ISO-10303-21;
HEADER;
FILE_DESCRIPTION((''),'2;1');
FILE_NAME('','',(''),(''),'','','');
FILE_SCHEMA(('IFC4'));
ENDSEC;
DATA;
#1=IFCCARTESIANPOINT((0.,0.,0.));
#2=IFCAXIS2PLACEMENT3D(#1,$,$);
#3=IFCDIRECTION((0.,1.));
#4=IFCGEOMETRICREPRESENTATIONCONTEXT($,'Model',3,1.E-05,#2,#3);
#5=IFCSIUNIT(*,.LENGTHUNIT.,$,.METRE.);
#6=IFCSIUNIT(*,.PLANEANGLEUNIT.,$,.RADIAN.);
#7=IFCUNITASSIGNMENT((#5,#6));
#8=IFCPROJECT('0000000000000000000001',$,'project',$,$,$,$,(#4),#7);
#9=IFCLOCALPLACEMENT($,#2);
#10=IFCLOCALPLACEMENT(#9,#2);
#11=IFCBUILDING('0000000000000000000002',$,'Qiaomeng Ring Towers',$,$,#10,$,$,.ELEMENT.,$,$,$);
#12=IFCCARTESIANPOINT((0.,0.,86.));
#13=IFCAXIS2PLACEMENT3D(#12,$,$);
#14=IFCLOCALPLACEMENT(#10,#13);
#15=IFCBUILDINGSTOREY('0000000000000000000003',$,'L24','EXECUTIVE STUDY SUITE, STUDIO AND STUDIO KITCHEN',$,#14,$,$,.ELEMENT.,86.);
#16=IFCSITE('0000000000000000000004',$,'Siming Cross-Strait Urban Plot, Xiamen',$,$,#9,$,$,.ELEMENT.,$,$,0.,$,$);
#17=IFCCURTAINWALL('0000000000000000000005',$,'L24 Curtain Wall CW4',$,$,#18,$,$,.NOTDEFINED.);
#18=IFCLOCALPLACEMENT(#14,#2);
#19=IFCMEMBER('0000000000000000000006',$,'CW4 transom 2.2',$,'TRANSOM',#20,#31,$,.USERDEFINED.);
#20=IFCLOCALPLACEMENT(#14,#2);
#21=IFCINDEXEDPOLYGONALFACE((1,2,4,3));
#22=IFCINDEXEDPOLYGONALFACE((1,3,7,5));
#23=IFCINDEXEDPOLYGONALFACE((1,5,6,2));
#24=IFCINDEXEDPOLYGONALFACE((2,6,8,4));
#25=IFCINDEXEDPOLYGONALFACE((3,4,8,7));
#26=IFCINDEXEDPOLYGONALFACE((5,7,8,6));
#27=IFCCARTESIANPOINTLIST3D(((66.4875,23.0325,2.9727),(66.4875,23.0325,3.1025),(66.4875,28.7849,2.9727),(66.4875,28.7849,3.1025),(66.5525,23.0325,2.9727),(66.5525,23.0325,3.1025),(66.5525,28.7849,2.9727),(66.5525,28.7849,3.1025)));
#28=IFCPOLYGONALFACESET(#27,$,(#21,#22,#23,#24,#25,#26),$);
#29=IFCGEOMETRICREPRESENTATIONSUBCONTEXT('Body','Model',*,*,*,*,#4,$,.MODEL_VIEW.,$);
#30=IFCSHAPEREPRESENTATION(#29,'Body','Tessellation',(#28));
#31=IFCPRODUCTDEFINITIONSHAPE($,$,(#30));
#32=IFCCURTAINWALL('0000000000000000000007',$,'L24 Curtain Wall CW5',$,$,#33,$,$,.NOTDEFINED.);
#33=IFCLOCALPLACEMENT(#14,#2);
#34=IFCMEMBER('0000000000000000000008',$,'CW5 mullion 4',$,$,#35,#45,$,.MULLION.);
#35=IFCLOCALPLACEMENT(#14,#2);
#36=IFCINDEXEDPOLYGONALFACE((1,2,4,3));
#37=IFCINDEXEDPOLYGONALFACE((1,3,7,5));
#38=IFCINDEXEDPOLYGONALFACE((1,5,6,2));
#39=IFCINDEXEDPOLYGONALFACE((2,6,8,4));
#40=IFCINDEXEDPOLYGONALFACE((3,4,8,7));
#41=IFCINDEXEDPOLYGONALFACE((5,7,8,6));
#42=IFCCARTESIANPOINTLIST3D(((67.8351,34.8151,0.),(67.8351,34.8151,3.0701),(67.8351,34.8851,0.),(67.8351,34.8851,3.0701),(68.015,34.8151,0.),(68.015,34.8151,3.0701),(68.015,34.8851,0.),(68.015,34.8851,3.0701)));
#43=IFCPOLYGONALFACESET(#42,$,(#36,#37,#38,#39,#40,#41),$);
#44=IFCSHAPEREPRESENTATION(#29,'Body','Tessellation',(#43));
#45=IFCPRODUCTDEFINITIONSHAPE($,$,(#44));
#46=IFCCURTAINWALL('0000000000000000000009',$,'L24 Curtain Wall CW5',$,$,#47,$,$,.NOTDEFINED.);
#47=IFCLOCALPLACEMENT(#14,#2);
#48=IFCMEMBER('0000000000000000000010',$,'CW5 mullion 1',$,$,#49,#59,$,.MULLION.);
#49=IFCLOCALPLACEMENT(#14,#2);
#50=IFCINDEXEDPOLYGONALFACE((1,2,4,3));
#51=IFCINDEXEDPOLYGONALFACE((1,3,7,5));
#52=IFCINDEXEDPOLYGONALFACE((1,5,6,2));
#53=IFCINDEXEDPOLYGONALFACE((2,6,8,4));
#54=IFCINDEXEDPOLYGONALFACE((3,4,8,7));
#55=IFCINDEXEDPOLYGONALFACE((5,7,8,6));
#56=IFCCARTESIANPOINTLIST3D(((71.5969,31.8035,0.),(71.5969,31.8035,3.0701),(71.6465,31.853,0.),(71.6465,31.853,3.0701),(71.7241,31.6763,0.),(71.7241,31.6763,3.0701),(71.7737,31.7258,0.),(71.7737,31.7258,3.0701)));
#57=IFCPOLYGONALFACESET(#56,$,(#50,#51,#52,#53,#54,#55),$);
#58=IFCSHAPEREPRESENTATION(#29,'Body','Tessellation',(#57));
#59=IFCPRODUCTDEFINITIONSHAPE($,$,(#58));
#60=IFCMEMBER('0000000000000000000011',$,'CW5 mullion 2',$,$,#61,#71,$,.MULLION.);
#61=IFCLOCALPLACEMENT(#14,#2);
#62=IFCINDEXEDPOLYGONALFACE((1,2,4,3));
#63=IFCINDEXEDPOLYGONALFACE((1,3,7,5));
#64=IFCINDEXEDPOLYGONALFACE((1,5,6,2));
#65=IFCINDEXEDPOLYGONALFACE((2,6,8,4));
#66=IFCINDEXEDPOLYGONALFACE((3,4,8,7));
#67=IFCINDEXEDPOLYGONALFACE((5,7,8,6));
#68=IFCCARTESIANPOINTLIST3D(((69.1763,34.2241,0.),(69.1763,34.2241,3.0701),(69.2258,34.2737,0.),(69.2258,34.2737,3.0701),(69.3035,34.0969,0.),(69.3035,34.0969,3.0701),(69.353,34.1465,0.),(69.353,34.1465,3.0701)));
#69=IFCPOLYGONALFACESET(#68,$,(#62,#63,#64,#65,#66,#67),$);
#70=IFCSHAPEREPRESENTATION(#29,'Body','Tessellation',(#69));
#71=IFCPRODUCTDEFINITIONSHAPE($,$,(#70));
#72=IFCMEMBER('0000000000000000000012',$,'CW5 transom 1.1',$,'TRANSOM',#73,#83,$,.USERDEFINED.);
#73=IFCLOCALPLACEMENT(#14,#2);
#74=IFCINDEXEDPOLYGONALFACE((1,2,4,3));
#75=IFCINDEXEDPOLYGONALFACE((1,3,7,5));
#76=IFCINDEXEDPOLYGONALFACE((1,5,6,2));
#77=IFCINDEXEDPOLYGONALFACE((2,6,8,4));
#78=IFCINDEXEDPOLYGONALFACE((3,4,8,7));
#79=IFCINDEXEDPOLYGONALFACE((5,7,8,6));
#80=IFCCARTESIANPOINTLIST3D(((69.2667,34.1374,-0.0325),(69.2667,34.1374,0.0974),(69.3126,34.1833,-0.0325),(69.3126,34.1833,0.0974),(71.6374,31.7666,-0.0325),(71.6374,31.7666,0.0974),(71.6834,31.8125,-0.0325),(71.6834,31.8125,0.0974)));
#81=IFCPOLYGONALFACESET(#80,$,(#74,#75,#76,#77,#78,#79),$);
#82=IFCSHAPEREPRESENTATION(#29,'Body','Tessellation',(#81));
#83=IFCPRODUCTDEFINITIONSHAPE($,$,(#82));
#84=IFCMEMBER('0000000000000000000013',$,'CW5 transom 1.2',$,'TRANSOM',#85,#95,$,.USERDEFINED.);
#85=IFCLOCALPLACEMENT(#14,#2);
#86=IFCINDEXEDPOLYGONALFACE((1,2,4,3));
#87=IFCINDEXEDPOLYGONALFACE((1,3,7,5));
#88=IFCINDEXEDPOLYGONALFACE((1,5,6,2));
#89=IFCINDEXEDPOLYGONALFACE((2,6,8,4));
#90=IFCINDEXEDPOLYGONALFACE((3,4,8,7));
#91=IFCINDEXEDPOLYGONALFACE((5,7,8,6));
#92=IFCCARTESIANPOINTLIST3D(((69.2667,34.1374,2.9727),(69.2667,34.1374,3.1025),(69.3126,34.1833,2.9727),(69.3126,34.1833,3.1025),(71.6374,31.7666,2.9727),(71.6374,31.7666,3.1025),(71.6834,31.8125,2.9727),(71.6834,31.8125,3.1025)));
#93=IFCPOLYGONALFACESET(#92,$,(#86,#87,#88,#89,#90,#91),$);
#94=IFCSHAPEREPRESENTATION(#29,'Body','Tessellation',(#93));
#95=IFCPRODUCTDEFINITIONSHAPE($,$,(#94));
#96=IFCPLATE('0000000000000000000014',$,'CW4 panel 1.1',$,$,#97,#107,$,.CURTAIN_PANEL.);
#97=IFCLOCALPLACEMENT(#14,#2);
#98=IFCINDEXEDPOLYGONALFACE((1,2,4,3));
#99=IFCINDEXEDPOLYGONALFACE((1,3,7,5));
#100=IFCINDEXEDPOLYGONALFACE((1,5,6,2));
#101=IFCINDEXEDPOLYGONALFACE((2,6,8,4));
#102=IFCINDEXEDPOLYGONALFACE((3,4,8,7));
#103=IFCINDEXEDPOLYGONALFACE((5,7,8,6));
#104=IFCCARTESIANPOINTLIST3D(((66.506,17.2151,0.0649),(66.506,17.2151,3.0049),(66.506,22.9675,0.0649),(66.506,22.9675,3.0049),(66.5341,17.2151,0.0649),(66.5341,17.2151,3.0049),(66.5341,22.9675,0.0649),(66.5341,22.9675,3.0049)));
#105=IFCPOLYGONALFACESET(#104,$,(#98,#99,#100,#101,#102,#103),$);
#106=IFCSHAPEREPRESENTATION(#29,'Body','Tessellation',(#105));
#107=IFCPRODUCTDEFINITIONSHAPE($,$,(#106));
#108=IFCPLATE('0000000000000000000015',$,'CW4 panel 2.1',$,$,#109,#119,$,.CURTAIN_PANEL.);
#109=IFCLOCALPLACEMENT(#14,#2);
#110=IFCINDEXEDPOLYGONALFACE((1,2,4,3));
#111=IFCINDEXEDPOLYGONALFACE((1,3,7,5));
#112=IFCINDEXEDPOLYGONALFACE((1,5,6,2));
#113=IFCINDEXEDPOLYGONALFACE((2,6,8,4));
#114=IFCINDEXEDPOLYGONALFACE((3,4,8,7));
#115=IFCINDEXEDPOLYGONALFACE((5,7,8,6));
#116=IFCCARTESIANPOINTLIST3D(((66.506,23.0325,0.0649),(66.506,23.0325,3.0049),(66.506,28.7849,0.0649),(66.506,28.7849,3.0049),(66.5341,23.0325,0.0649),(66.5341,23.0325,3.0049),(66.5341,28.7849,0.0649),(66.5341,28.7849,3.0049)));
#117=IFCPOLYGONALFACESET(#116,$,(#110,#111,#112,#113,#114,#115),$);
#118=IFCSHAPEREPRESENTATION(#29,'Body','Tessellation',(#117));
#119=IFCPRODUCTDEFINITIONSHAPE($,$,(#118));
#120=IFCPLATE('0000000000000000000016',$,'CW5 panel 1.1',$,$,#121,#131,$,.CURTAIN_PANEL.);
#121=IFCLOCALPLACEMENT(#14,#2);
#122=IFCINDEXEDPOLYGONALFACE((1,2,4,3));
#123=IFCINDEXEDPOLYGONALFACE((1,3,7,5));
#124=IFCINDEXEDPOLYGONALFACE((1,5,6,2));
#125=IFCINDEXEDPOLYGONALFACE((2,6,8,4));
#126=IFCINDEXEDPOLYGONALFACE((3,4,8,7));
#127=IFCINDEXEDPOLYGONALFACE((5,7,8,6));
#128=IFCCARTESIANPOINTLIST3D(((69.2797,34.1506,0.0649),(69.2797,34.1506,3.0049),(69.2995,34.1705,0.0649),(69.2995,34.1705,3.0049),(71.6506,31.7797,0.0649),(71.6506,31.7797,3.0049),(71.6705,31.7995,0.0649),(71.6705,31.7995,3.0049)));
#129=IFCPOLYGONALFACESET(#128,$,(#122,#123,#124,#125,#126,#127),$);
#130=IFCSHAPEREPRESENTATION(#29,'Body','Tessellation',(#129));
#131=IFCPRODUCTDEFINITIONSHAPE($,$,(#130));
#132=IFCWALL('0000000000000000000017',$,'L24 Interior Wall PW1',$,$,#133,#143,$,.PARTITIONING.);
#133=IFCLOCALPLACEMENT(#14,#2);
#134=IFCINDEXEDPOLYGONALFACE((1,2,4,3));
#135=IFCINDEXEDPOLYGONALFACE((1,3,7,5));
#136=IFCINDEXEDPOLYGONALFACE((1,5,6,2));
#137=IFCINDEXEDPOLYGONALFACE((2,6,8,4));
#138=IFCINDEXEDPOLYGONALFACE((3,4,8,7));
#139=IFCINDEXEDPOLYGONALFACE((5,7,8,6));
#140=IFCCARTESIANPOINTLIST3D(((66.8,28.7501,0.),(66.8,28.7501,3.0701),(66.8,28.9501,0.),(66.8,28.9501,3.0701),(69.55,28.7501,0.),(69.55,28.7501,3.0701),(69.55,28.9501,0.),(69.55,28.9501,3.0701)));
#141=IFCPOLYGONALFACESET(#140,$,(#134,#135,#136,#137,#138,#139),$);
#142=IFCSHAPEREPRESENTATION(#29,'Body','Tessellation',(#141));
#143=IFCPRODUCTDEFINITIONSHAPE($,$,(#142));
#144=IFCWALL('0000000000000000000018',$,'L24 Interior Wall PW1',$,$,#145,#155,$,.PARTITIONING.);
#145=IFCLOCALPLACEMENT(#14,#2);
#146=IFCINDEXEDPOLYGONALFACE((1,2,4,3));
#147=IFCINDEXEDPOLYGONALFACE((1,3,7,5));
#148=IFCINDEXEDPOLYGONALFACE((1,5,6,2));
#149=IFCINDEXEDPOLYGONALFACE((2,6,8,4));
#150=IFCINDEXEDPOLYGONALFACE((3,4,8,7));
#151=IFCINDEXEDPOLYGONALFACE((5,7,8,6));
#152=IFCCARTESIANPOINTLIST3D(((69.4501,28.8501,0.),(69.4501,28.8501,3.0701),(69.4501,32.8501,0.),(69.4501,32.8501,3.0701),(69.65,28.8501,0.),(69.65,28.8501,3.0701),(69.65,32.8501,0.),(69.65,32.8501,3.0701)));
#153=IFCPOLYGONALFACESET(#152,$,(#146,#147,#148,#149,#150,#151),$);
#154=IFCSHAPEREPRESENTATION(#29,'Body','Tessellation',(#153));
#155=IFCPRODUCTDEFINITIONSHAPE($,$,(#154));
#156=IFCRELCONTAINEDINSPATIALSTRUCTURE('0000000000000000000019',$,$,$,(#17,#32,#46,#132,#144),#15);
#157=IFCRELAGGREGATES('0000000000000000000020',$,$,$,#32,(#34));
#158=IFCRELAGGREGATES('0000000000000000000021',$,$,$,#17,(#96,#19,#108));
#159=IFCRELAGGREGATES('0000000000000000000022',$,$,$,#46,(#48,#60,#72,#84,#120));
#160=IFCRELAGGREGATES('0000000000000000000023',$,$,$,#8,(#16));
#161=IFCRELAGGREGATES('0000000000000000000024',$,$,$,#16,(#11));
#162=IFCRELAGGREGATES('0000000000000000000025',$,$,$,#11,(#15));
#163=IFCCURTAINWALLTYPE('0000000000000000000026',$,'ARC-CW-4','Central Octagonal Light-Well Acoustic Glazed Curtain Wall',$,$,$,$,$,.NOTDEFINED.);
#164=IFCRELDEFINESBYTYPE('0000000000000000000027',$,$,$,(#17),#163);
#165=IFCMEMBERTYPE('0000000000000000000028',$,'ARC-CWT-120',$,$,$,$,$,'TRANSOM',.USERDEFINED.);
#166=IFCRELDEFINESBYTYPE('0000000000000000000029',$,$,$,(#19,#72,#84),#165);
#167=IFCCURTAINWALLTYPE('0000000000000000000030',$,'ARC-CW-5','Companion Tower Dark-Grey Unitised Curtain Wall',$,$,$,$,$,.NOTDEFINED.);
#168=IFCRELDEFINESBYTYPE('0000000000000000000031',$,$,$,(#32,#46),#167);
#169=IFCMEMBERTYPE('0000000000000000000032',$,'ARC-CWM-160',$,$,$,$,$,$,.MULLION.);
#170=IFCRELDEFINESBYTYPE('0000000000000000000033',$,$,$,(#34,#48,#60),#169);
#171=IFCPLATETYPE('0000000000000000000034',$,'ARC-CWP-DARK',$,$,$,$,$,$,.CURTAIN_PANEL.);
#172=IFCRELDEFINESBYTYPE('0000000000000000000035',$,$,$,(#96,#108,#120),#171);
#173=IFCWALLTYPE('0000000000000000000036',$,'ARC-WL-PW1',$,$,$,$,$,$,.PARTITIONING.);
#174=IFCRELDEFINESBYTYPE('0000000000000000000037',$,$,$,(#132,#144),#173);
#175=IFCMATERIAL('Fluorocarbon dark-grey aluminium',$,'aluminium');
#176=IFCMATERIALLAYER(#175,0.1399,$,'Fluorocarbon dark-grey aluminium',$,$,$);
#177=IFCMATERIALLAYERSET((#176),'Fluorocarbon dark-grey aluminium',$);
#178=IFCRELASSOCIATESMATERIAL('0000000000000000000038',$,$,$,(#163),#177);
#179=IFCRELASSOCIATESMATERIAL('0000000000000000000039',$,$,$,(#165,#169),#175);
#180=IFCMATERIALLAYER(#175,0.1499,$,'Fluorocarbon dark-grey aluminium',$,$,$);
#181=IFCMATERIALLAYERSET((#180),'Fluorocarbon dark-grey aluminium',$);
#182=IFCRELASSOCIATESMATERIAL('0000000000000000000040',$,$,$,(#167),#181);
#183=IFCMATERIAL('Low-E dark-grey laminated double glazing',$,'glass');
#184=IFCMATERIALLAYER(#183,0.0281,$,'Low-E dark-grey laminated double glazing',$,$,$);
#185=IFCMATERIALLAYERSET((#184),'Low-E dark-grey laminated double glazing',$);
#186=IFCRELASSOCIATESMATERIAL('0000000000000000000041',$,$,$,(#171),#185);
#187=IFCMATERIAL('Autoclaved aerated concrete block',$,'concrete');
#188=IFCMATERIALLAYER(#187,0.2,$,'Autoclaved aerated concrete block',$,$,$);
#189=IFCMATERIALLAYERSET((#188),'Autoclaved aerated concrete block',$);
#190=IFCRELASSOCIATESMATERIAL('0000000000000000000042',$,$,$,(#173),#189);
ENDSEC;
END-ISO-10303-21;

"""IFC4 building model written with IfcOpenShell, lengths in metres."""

from ifc_helpers import new_model, si_unit, direction, frame, frame_2d, origin, origin_2d, place, context, subcontext, project, spatial, rectangle, extrude, source, transform, mapped, material, layer, layer_set, material_profile, profile_set, type_object, element, aggregate, save


model = new_model("IFC4")

# Units and contexts
model_context = context("Model", 3, precision=1e-05, world=origin(), true_north=direction((0.0, 1.0)))
body_context = subcontext(model_context, "Body", "Model", "MODEL_VIEW")
ifc_project = project(units=[si_unit("LENGTHUNIT", "METRE"), si_unit("PLANEANGLEUNIT", "RADIAN")], contexts=[model_context])

# Site, building, storey
site_placement = place(None, origin())
site = spatial("IfcSite", under=ifc_project, at=site_placement, Name="Siming Cross-Strait Urban Plot, Xiamen", CompositionType="ELEMENT", RefElevation=0.0)
building_placement = place(site_placement, origin())
building = spatial("IfcBuilding", under=site, at=building_placement, Name="Qiaomeng Ring Towers", CompositionType="ELEMENT")
storey_placement = place(building_placement, frame((0.0, 0.0, 86.0)))
storey = spatial("IfcBuildingStorey", under=building, at=storey_placement, Name="L24", Description="EXECUTIVE STUDY SUITE, STUDIO AND STUDIO KITCHEN", CompositionType="ELEMENT", Elevation=86.0)

# Curtain wall, member
ifc_material_1 = material(Name="Fluorocarbon dark-grey aluminium", Category="aluminium")
ifc_layer_1 = layer(ifc_material_1, 0.1399, Name="Fluorocarbon dark-grey aluminium")
ifc_layer_set_1 = layer_set([ifc_layer_1], Name="Fluorocarbon dark-grey aluminium")
curtain_wall_type_1 = type_object("IfcCurtainWallType", Name="ARC-CW-4", Description="Central Octagonal Light-Well Acoustic Glazed Curtain Wall", PredefinedType="NOTDEFINED", material=ifc_layer_set_1)
curtain_wall_1_placement = place(storey_placement, origin())
curtain_wall_1 = element("IfcCurtainWall", 1, at=curtain_wall_1_placement, inside=storey, type_object=curtain_wall_type_1, Name="L24 Curtain Wall CW4", PredefinedType="NOTDEFINED")
ifc_material_profile_1 = material_profile(ifc_material_1, rectangle(XDim=0.0649, YDim=0.1299, at=origin_2d()), Name="ALU TRAN 65x130")
ifc_profile_set_1 = profile_set([ifc_material_profile_1], Name="Fluorocarbon dark-grey aluminium")
member_type_1 = type_object("IfcMemberType", Name="ARC-CWT-120", ElementType="TRANSOM", PredefinedType="USERDEFINED", material=ifc_profile_set_1)
shared_shape_1 = source(origin(), body_context, "Body", "SweptSolid", [
    extrude(rectangle(XDim=0.0649, YDim=0.1299, at=origin_2d()), origin(), (0.0, 0.0, 1.0), 5.7524),
])
member_1_placement = place(storey_placement, frame((66.52, 23.0325, 3.0376), z_axis=(0.0, 1.0, 0.0), x_axis=(-1.0, 0.0, 0.0)))
member_1 = element("IfcMember", 2, at=member_1_placement, type_object=member_type_1, Name="CW4 transom 2.2", ObjectType="TRANSOM", PredefinedType="USERDEFINED", context=body_context, shape_type="MappedRepresentation", body=[
    mapped(shared_shape_1, transform((0.0, 0.0, 0.0), x_axis=(1.0, 0.0, 0.0), y_axis=(0.0, 1.0, 0.0), z_axis=(0.0, 0.0, 1.0), scale=1.0)),
])

# Curtain wall, member
ifc_layer_2 = layer(ifc_material_1, 0.1499, Name="Fluorocarbon dark-grey aluminium")
ifc_layer_set_2 = layer_set([ifc_layer_2], Name="Fluorocarbon dark-grey aluminium")
curtain_wall_type_2 = type_object("IfcCurtainWallType", Name="ARC-CW-5", Description="Companion Tower Dark-Grey Unitised Curtain Wall", PredefinedType="NOTDEFINED", material=ifc_layer_set_2)
curtain_wall_2_placement = place(storey_placement, origin())
curtain_wall_2 = element("IfcCurtainWall", 3, at=curtain_wall_2_placement, inside=storey, type_object=curtain_wall_type_2, Name="L24 Curtain Wall CW5", PredefinedType="NOTDEFINED")
ifc_material_profile_2 = material_profile(ifc_material_1, rectangle(XDim=0.0701, YDim=0.1799, at=origin_2d()), Name="ALU MULL 70x180")
ifc_profile_set_2 = profile_set([ifc_material_profile_2], Name="Fluorocarbon dark-grey aluminium")
member_type_2 = type_object("IfcMemberType", Name="ARC-CWM-160", PredefinedType="MULLION", material=ifc_profile_set_2)
shared_shape_2 = source(origin(), body_context, "Body", "SweptSolid", [
    extrude(rectangle(XDim=0.0701, YDim=0.1799, at=origin_2d()), origin(), (0.0, 0.0, 1.0), 3.0701),
])
member_2_placement = place(storey_placement, frame((67.925, 34.8501, 0.0), z_axis=(0.0, 0.0, 1.0), x_axis=(0.0, 1.0, 0.0)))
member_2 = element("IfcMember", 4, at=member_2_placement, type_object=member_type_2, Name="CW5 mullion 4", PredefinedType="MULLION", context=body_context, shape_type="MappedRepresentation", body=[
    mapped(shared_shape_2, transform((0.0, 0.0, 0.0), x_axis=(1.0, 0.0, 0.0), y_axis=(0.0, 1.0, 0.0), z_axis=(0.0, 0.0, 1.0), scale=1.0)),
])
aggregate(curtain_wall_2, [member_2])

# Curtain wall, members
curtain_wall_3_placement = place(storey_placement, origin())
curtain_wall_3 = element("IfcCurtainWall", 5, at=curtain_wall_3_placement, inside=storey, type_object=curtain_wall_type_2, Name="L24 Curtain Wall CW5", PredefinedType="NOTDEFINED")
member_3_placement = place(storey_placement, frame((71.6853, 31.7646, 0.0), z_axis=(0.0, 0.0, 1.0), x_axis=(-0.707107, -0.707107, 0.0)))
member_3 = element("IfcMember", 6, at=member_3_placement, type_object=member_type_2, Name="CW5 mullion 1", PredefinedType="MULLION", context=body_context, shape_type="MappedRepresentation", body=[
    mapped(shared_shape_2, transform((0.0, 0.0, 0.0), x_axis=(1.0, 0.0, 0.0), y_axis=(0.0, 1.0, 0.0), z_axis=(0.0, 0.0, 1.0), scale=1.0)),
])
member_4_placement = place(storey_placement, frame((69.2646, 34.1853, 0.0), z_axis=(0.0, 0.0, 1.0), x_axis=(-0.707107, -0.707107, 0.0)))
member_4 = element("IfcMember", 7, at=member_4_placement, type_object=member_type_2, Name="CW5 mullion 2", PredefinedType="MULLION", context=body_context, shape_type="MappedRepresentation", body=[
    mapped(shared_shape_2, transform((0.0, 0.0, 0.0), x_axis=(1.0, 0.0, 0.0), y_axis=(0.0, 1.0, 0.0), z_axis=(0.0, 0.0, 1.0), scale=1.0)),
])
shared_shape_3 = source(origin(), body_context, "Body", "SweptSolid", [
    extrude(rectangle(XDim=0.0649, YDim=0.1299, at=origin_2d()), origin(), (0.0, 0.0, 1.0), 3.3528),
])
member_5_placement = place(storey_placement, frame((71.6604, 31.7896, 0.0325), z_axis=(-0.707107, 0.707107, 0.0), x_axis=(-0.707107, -0.707107, 0.0)))
member_5 = element("IfcMember", 8, at=member_5_placement, type_object=member_type_1, Name="CW5 transom 1.1", ObjectType="TRANSOM", PredefinedType="USERDEFINED", context=body_context, shape_type="MappedRepresentation", body=[
    mapped(shared_shape_3, transform((0.0, 0.0, 0.0), x_axis=(1.0, 0.0, 0.0), y_axis=(0.0, 1.0, 0.0), z_axis=(0.0, 0.0, 1.0), scale=1.0)),
])
member_6_placement = place(storey_placement, frame((71.6604, 31.7896, 3.0376), z_axis=(-0.707107, 0.707107, 0.0), x_axis=(-0.707107, -0.707107, 0.0)))
member_6 = element("IfcMember", 9, at=member_6_placement, type_object=member_type_1, Name="CW5 transom 1.2", ObjectType="TRANSOM", PredefinedType="USERDEFINED", context=body_context, shape_type="MappedRepresentation", body=[
    mapped(shared_shape_3, transform((0.0, 0.0, 0.0), x_axis=(1.0, 0.0, 0.0), y_axis=(0.0, 1.0, 0.0), z_axis=(0.0, 0.0, 1.0), scale=1.0)),
])

# Plates
ifc_material_2 = material(Name="Low-E dark-grey laminated double glazing", Category="glass")
ifc_layer_3 = layer(ifc_material_2, 0.0281, Name="Low-E dark-grey laminated double glazing")
ifc_layer_set_3 = layer_set([ifc_layer_3], Name="Low-E dark-grey laminated double glazing")
plate_type = type_object("IfcPlateType", Name="ARC-CWP-DARK", PredefinedType="CURTAIN_PANEL", material=ifc_layer_set_3)
shared_shape_4 = source(origin(), body_context, "Body", "SweptSolid", [
    extrude(rectangle(XDim=5.7524, YDim=0.0281, at=origin_2d()), origin(), (0.0, 0.0, 1.0), 2.9399),
])
plate_1_placement = place(storey_placement, frame((66.52, 20.0913, 0.0649), z_axis=(0.0, 0.0, 1.0), x_axis=(0.0, 1.0, 0.0)))
plate_1 = element("IfcPlate", 10, at=plate_1_placement, type_object=plate_type, Name="CW4 panel 1.1", PredefinedType="CURTAIN_PANEL", context=body_context, shape_type="MappedRepresentation", body=[
    mapped(shared_shape_4, transform((0.0, 0.0, 0.0), x_axis=(1.0, 0.0, 0.0), y_axis=(0.0, 1.0, 0.0), z_axis=(0.0, 0.0, 1.0), scale=1.0)),
])
plate_2_placement = place(storey_placement, frame((66.52, 25.9087, 0.0649), z_axis=(0.0, 0.0, 1.0), x_axis=(0.0, 1.0, 0.0)))
plate_2 = element("IfcPlate", 11, at=plate_2_placement, type_object=plate_type, Name="CW4 panel 2.1", PredefinedType="CURTAIN_PANEL", context=body_context, shape_type="MappedRepresentation", body=[
    mapped(shared_shape_4, transform((0.0, 0.0, 0.0), x_axis=(1.0, 0.0, 0.0), y_axis=(0.0, 1.0, 0.0), z_axis=(0.0, 0.0, 1.0), scale=1.0)),
])
aggregate(curtain_wall_1, [plate_1, member_1, plate_2])
shared_shape_5 = source(origin(), body_context, "Body", "SweptSolid", [
    extrude(rectangle(XDim=3.353, YDim=0.0281, at=origin_2d()), origin(), (0.0, 0.0, 1.0), 2.9399),
])
plate_3_placement = place(storey_placement, frame((70.4751, 32.9751, 0.0649), z_axis=(0.0, 0.0, 1.0), x_axis=(-0.707107, 0.707107, 0.0)))
plate_3 = element("IfcPlate", 12, at=plate_3_placement, type_object=plate_type, Name="CW5 panel 1.1", PredefinedType="CURTAIN_PANEL", context=body_context, shape_type="MappedRepresentation", body=[
    mapped(shared_shape_5, transform((0.0, 0.0, 0.0), x_axis=(1.0, 0.0, 0.0), y_axis=(0.0, 1.0, 0.0), z_axis=(0.0, 0.0, 1.0), scale=1.0)),
])
aggregate(curtain_wall_3, [member_3, member_4, member_5, member_6, plate_3])

# Walls
ifc_material_3 = material(Name="Autoclaved aerated concrete block", Category="concrete")
ifc_layer_4 = layer(ifc_material_3, 0.2, Name="Autoclaved aerated concrete block")
ifc_layer_set_4 = layer_set([ifc_layer_4], Name="Autoclaved aerated concrete block")
wall_type_1 = type_object("IfcWallType", Name="ARC-WL-PW1", PredefinedType="PARTITIONING", material=ifc_layer_set_4)
wall_1_placement = place(storey_placement, frame((66.8, 28.8501, 0.0), z_axis=(0.0, 0.0, 1.0), x_axis=(1.0, 0.0, 0.0)))
element("IfcWall", 13, at=wall_1_placement, inside=storey, type_object=wall_type_1, Name="L24 Interior Wall PW1", PredefinedType="PARTITIONING", context=body_context, shape_type="SweptSolid", body=[
    extrude(rectangle(XDim=2.75, YDim=0.2, at=frame_2d((1.375, 0.0))), origin(), (0.0, 0.0, 1.0), 3.0701),
])
wall_2_placement = place(storey_placement, frame((69.55, 28.8501, 0.0), z_axis=(0.0, 0.0, 1.0), x_axis=(0.0, 1.0, 0.0)))
element("IfcWall", 14, at=wall_2_placement, inside=storey, type_object=wall_type_1, Name="L24 Interior Wall PW1", PredefinedType="PARTITIONING", context=body_context, shape_type="SweptSolid", body=[
    extrude(rectangle(XDim=4.0, YDim=0.2, at=frame_2d((2.0, 0.0))), origin(), (0.0, 0.0, 1.0), 3.0701),
])

save(model, "model.ifc")
